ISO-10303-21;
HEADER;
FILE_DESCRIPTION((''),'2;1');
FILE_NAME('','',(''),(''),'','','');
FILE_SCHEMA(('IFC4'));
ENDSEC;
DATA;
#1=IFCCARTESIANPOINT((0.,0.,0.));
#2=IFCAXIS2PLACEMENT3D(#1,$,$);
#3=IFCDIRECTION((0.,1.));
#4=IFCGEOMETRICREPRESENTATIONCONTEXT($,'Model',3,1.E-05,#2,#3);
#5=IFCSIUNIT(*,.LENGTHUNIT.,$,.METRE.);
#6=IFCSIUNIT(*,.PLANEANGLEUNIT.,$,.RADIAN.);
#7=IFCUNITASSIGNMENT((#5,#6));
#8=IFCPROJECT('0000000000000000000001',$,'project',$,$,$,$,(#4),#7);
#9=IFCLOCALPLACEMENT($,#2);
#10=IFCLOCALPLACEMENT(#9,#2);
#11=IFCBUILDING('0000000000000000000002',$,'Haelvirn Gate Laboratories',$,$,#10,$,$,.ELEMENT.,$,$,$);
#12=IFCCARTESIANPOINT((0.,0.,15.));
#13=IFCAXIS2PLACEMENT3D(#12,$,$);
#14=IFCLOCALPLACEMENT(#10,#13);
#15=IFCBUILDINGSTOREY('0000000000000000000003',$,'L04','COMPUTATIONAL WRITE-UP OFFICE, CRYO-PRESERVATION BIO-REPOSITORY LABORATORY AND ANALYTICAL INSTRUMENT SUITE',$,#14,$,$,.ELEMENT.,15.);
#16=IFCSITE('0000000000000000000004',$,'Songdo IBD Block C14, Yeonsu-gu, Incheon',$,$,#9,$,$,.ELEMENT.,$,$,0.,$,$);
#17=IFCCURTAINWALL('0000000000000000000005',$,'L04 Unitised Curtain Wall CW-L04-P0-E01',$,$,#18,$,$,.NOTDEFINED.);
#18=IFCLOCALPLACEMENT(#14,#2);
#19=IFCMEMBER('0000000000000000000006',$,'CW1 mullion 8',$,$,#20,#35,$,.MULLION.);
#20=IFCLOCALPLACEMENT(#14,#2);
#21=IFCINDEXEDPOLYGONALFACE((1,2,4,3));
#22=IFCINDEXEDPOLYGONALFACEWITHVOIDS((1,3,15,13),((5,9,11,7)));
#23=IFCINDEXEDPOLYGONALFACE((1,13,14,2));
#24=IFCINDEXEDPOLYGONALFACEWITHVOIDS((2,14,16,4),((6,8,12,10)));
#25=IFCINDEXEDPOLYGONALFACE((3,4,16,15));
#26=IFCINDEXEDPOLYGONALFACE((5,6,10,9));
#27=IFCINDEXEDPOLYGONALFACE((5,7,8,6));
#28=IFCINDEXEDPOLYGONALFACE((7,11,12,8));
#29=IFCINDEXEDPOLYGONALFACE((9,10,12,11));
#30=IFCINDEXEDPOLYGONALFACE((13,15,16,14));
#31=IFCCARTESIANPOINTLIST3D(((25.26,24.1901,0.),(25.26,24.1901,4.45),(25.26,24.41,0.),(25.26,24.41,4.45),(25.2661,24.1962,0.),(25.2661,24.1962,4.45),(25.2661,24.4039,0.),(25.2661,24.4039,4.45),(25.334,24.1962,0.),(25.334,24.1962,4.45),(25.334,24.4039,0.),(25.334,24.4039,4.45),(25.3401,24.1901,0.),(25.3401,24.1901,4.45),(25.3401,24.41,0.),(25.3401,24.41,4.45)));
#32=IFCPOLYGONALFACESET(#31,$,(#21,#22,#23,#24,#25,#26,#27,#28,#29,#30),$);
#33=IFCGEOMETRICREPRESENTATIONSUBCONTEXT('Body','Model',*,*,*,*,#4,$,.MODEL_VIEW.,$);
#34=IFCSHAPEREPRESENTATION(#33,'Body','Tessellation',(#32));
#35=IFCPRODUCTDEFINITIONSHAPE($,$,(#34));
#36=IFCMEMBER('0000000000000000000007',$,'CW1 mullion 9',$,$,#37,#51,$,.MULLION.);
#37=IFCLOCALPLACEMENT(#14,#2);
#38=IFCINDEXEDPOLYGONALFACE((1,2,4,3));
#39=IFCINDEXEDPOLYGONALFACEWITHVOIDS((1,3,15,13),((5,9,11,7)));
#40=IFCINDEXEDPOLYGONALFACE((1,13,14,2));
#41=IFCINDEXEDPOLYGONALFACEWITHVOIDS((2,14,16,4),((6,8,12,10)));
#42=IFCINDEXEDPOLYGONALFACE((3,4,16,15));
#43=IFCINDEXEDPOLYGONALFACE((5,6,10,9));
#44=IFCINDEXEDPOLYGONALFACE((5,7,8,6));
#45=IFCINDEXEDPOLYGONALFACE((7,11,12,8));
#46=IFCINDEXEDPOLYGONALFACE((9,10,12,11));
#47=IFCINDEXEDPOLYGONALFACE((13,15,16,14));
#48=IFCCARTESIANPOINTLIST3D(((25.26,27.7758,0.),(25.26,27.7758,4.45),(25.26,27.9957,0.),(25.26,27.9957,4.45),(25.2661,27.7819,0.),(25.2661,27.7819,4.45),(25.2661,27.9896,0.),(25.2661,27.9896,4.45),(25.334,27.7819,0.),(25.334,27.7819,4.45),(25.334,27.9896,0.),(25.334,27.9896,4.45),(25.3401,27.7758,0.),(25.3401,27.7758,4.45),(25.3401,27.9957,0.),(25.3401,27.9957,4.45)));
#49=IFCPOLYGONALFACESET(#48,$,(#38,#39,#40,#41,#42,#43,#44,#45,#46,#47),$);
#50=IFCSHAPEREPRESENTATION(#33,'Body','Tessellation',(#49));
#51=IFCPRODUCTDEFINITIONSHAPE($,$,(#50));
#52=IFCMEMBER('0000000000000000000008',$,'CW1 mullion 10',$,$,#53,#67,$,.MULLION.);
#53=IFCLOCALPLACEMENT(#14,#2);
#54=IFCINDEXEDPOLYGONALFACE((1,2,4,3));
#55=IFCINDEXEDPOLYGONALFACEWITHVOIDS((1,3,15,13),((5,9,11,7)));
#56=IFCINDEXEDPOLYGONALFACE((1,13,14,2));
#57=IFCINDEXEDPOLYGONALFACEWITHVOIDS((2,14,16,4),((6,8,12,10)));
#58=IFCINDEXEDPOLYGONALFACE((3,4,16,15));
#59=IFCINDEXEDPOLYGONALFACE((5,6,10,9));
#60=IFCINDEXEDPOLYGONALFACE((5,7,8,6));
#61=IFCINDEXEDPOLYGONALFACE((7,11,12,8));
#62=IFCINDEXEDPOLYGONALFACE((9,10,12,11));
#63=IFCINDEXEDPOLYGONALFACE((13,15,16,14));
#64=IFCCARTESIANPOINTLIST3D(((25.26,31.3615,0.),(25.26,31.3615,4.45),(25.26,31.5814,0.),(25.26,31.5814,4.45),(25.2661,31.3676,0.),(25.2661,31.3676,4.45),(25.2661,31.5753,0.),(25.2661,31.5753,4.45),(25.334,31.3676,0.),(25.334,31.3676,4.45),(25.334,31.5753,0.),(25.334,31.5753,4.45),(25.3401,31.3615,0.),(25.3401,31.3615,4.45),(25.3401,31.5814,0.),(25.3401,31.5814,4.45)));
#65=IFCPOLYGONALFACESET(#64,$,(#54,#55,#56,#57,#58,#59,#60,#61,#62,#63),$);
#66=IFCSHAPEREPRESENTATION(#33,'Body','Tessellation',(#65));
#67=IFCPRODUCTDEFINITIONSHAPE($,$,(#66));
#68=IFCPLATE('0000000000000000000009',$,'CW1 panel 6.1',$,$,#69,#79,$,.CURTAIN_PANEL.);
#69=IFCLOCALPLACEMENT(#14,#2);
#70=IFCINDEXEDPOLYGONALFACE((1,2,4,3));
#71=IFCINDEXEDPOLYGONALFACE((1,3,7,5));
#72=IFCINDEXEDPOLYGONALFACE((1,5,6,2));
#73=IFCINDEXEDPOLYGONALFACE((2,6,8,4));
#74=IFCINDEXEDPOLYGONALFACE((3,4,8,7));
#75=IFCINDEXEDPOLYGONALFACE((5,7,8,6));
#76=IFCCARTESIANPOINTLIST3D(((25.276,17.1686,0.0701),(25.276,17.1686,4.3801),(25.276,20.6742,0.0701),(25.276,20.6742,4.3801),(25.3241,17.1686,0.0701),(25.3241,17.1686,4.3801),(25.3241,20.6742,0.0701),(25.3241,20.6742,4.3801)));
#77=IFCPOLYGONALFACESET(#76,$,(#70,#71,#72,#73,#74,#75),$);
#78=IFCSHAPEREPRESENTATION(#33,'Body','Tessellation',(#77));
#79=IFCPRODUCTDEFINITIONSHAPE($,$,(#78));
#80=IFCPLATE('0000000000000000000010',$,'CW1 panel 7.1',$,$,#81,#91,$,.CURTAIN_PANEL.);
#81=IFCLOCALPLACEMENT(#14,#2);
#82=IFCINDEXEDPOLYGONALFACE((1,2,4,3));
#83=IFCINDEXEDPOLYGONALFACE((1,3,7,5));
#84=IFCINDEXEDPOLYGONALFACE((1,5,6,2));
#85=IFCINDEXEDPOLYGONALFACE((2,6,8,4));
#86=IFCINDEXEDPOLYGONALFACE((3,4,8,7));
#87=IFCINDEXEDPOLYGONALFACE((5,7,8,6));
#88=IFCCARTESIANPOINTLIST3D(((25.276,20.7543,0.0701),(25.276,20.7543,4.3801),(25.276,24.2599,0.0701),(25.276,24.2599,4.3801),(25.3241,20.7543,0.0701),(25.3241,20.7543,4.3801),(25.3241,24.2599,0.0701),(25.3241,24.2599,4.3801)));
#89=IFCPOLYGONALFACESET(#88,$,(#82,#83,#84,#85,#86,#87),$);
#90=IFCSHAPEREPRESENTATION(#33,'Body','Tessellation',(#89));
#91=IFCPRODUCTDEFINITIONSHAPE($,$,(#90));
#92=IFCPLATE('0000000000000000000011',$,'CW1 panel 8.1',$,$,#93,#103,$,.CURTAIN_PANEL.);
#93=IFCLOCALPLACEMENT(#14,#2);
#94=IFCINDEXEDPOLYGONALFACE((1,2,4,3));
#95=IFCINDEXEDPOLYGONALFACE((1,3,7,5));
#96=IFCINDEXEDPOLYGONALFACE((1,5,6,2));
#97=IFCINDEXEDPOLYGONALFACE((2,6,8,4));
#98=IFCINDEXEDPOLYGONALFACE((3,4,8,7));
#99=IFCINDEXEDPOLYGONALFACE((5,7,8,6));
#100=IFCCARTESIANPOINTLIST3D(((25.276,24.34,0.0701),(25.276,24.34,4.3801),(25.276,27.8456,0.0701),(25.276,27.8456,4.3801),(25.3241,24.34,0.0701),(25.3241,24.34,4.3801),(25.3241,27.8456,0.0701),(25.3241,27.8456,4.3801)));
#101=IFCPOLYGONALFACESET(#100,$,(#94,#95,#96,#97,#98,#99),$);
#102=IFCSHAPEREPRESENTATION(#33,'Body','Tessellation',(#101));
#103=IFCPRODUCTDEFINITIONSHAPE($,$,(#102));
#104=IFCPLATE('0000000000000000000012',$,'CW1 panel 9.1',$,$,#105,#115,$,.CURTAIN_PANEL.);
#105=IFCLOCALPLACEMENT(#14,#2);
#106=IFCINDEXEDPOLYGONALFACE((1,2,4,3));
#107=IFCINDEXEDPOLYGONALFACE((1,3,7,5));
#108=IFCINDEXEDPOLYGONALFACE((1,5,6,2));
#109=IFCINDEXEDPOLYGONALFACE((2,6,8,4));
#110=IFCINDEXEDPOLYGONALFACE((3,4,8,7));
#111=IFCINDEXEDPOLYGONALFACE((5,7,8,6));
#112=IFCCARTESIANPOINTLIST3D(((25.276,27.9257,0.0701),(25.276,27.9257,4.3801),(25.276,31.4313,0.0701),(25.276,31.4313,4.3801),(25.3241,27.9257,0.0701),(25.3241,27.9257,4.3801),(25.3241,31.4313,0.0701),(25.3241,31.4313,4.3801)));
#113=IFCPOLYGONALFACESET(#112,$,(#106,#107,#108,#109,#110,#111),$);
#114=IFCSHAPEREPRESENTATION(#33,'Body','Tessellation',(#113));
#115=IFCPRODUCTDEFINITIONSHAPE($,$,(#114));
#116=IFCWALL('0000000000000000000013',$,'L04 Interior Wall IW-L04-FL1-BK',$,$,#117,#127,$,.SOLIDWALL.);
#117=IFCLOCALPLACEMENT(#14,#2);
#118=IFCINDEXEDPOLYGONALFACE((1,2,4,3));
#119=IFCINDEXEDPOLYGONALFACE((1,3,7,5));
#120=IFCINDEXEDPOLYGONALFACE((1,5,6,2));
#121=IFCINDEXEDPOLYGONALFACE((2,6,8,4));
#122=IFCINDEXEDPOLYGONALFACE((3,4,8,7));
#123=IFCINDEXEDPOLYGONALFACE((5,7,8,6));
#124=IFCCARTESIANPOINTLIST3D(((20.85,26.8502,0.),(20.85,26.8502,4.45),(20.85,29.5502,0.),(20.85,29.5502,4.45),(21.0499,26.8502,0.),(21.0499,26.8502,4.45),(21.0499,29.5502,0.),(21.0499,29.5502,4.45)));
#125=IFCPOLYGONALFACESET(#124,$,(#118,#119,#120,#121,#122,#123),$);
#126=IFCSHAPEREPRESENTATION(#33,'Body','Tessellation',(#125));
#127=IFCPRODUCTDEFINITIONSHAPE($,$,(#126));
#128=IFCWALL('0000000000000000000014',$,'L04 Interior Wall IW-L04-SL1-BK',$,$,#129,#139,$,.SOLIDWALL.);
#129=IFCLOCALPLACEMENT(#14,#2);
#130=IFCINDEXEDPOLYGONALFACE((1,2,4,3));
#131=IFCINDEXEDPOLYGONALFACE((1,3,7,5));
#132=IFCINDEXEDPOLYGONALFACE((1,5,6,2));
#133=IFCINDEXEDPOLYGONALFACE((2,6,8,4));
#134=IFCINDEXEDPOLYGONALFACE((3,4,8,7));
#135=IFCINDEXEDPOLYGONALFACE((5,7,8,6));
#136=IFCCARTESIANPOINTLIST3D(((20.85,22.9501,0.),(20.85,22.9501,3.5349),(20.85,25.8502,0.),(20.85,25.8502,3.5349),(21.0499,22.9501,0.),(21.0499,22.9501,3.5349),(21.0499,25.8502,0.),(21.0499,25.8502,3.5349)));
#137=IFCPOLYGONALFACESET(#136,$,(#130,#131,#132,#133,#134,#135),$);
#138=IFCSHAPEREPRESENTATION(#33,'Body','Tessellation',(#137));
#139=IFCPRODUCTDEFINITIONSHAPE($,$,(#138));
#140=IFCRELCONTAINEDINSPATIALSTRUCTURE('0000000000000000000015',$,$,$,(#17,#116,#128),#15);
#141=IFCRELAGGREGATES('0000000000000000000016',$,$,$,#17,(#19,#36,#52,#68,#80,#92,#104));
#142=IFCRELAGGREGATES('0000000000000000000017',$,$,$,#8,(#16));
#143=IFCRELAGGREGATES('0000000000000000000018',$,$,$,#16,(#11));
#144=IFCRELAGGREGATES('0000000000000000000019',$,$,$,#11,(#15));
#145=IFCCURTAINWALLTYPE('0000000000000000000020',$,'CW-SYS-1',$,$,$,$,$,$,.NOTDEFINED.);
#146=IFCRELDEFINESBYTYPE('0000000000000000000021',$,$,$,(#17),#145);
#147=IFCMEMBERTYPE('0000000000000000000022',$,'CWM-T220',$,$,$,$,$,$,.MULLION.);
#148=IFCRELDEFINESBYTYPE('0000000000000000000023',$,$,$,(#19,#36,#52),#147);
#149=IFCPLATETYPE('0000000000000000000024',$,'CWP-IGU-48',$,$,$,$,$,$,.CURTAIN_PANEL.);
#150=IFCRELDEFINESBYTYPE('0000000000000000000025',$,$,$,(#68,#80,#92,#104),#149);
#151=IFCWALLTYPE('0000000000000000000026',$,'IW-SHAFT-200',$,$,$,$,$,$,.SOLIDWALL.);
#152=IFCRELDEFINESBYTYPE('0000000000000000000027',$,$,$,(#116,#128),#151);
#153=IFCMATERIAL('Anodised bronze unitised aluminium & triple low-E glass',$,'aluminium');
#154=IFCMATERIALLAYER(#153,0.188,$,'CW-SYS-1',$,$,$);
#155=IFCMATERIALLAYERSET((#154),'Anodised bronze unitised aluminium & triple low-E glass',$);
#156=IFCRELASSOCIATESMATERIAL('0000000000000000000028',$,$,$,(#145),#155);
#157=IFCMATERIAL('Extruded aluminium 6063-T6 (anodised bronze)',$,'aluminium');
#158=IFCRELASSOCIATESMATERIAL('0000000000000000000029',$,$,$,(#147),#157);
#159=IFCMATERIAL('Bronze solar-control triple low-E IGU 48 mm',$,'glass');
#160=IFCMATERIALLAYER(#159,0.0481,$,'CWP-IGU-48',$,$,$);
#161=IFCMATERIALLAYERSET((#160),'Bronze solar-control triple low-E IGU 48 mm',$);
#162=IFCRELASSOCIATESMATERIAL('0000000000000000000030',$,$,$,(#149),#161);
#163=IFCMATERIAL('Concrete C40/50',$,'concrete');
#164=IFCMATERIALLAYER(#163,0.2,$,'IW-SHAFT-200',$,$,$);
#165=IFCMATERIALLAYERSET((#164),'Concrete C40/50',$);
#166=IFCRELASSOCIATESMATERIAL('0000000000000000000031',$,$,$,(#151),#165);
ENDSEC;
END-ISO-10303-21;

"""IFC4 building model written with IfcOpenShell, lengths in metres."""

from ifc_helpers import new_model, si_unit, direction, frame, frame_2d, origin, origin_2d, place, context, subcontext, project, spatial, rectangle, hollow_rectangle, extrude, source, transform, mapped, material, layer, layer_set, material_profile, profile_set, type_object, type_shapes, element, aggregate, save


model = new_model("IFC4")

# Units and contexts
model_context = context("Model", 3, precision=1e-05, world=origin(), true_north=direction((0.0, 1.0)))
body_context = subcontext(model_context, "Body", "Model", "MODEL_VIEW")
ifc_project = project(units=[si_unit("LENGTHUNIT", "METRE"), si_unit("PLANEANGLEUNIT", "RADIAN")], contexts=[model_context])

# Site, building, storey
site_placement = place(None, origin())
site = spatial("IfcSite", under=ifc_project, at=site_placement, Name="Songdo IBD Block C14, Yeonsu-gu, Incheon", CompositionType="ELEMENT", RefElevation=0.0)
building_placement = place(site_placement, origin())
building = spatial("IfcBuilding", under=site, at=building_placement, Name="Haelvirn Gate Laboratories", CompositionType="ELEMENT")
storey_placement = place(building_placement, frame((0.0, 0.0, 15.0)))
storey = spatial("IfcBuildingStorey", under=building, at=storey_placement, Name="L04", Description="COMPUTATIONAL WRITE-UP OFFICE, CRYO-PRESERVATION BIO-REPOSITORY LABORATORY AND ANALYTICAL INSTRUMENT SUITE", CompositionType="ELEMENT", Elevation=15.0)

# Curtain wall, members, plates
ifc_material_1 = material(Name="Anodised bronze unitised aluminium & triple low-E glass", Category="aluminium")
ifc_layer_1 = layer(ifc_material_1, 0.188, Name="CW-SYS-1")
ifc_layer_set_1 = layer_set([ifc_layer_1], Name="Anodised bronze unitised aluminium & triple low-E glass")
curtain_wall_type = type_object("IfcCurtainWallType", Name="CW-SYS-1", PredefinedType="NOTDEFINED", material=ifc_layer_set_1)
curtain_wall_placement = place(storey_placement, origin())
curtain_wall = element("IfcCurtainWall", 1, at=curtain_wall_placement, inside=storey, type_object=curtain_wall_type, Name="L04 Unitised Curtain Wall CW-L04-P0-E01", PredefinedType="NOTDEFINED")
ifc_material_2 = material(Name="Extruded aluminium 6063-T6 (anodised bronze)", Category="aluminium")
ifc_material_profile_1 = material_profile(ifc_material_2, hollow_rectangle(XDim=0.0801, YDim=0.22, WallThickness=0.0061, at=origin_2d()), Name="CWM-220x80x6")
ifc_profile_set_1 = profile_set([ifc_material_profile_1], Name="Extruded aluminium 6063-T6 (anodised bronze)")
member_type_1 = type_object("IfcMemberType", Name="CWM-T220", PredefinedType="MULLION", material=ifc_profile_set_1)
shared_shape_1 = source(origin(), body_context, "Body", "SweptSolid", [
    extrude(hollow_rectangle(XDim=0.0801, YDim=0.22, WallThickness=0.0061, at=origin_2d()), origin(), (0.0, 0.0, 1.0), 4.45),
])
type_shapes(member_type_1, [shared_shape_1])
member_1_placement = place(storey_placement, frame((25.3, 24.3, 0.0), z_axis=(0.0, 0.0, 1.0), x_axis=(-1.0, 0.0, 0.0)))
member_1 = element("IfcMember", 2, at=member_1_placement, type_object=member_type_1, Name="CW1 mullion 8", PredefinedType="MULLION", context=body_context, shape_type="MappedRepresentation", body=[
    mapped(shared_shape_1, transform((0.0, 0.0, 0.0), scale=1.0)),
])
member_2_placement = place(storey_placement, frame((25.3, 27.8857, 0.0), z_axis=(0.0, 0.0, 1.0), x_axis=(-1.0, 0.0, 0.0)))
member_2 = element("IfcMember", 3, at=member_2_placement, type_object=member_type_1, Name="CW1 mullion 9", PredefinedType="MULLION", context=body_context, shape_type="MappedRepresentation", body=[
    mapped(shared_shape_1, transform((0.0, 0.0, 0.0), scale=1.0)),
])
member_3_placement = place(storey_placement, frame((25.3, 31.4714, 0.0), z_axis=(0.0, 0.0, 1.0), x_axis=(-1.0, 0.0, 0.0)))
member_3 = element("IfcMember", 4, at=member_3_placement, type_object=member_type_1, Name="CW1 mullion 10", PredefinedType="MULLION", context=body_context, shape_type="MappedRepresentation", body=[
    mapped(shared_shape_1, transform((0.0, 0.0, 0.0), scale=1.0)),
])
ifc_material_3 = material(Name="Bronze solar-control triple low-E IGU 48 mm", Category="glass")
ifc_layer_2 = layer(ifc_material_3, 0.0481, Name="CWP-IGU-48")
ifc_layer_set_2 = layer_set([ifc_layer_2], Name="Bronze solar-control triple low-E IGU 48 mm")
plate_type = type_object("IfcPlateType", Name="CWP-IGU-48", PredefinedType="CURTAIN_PANEL", material=ifc_layer_set_2)
shared_shape_2 = source(origin(), body_context, "Body", "SweptSolid", [
    extrude(rectangle(XDim=3.5056, YDim=0.0481, at=origin_2d()), origin(), (0.0, 0.0, 1.0), 4.3101),
])
type_shapes(plate_type, [shared_shape_2])
plate_1_placement = place(storey_placement, frame((25.3, 18.9214, 0.0701), z_axis=(0.0, 0.0, 1.0), x_axis=(0.0, 1.0, 0.0)))
plate_1 = element("IfcPlate", 5, at=plate_1_placement, type_object=plate_type, Name="CW1 panel 6.1", PredefinedType="CURTAIN_PANEL", context=body_context, shape_type="MappedRepresentation", body=[
    mapped(shared_shape_2, transform((0.0, 0.0, 0.0), scale=1.0)),
])
plate_2_placement = place(storey_placement, frame((25.3, 22.5071, 0.0701), z_axis=(0.0, 0.0, 1.0), x_axis=(0.0, 1.0, 0.0)))
plate_2 = element("IfcPlate", 6, at=plate_2_placement, type_object=plate_type, Name="CW1 panel 7.1", PredefinedType="CURTAIN_PANEL", context=body_context, shape_type="MappedRepresentation", body=[
    mapped(shared_shape_2, transform((0.0, 0.0, 0.0), scale=1.0)),
])
plate_3_placement = place(storey_placement, frame((25.3, 26.0928, 0.0701), z_axis=(0.0, 0.0, 1.0), x_axis=(0.0, 1.0, 0.0)))
plate_3 = element("IfcPlate", 7, at=plate_3_placement, type_object=plate_type, Name="CW1 panel 8.1", PredefinedType="CURTAIN_PANEL", context=body_context, shape_type="MappedRepresentation", body=[
    mapped(shared_shape_2, transform((0.0, 0.0, 0.0), scale=1.0)),
])
plate_4_placement = place(storey_placement, frame((25.3, 29.6785, 0.0701), z_axis=(0.0, 0.0, 1.0), x_axis=(0.0, 1.0, 0.0)))
plate_4 = element("IfcPlate", 8, at=plate_4_placement, type_object=plate_type, Name="CW1 panel 9.1", PredefinedType="CURTAIN_PANEL", context=body_context, shape_type="MappedRepresentation", body=[
    mapped(shared_shape_2, transform((0.0, 0.0, 0.0), scale=1.0)),
])
aggregate(curtain_wall, [member_1, member_2, member_3, plate_1, plate_2, plate_3, plate_4])

# Walls
ifc_material_4 = material(Name="Concrete C40/50", Category="concrete")
ifc_layer_3 = layer(ifc_material_4, 0.2, Name="IW-SHAFT-200")
ifc_layer_set_3 = layer_set([ifc_layer_3], Name="Concrete C40/50")
wall_type = type_object("IfcWallType", Name="IW-SHAFT-200", PredefinedType="SOLIDWALL", material=ifc_layer_set_3)
wall_1_placement = place(storey_placement, frame((20.95, 26.8501, 0.0), z_axis=(0.0, 0.0, 1.0), x_axis=(0.0, 1.0, 0.0)))
element("IfcWall", 9, at=wall_1_placement, inside=storey, type_object=wall_type, Name="L04 Interior Wall IW-L04-FL1-BK", PredefinedType="SOLIDWALL", context=body_context, shape_type="SweptSolid", body=[
    extrude(rectangle(XDim=2.7, YDim=0.2, at=frame_2d((1.3501, 0.0))), origin(), (0.0, 0.0, 1.0), 4.45),
])
wall_2_placement = place(storey_placement, frame((20.95, 22.95, 0.0), z_axis=(0.0, 0.0, 1.0), x_axis=(0.0, 1.0, 0.0)))
element("IfcWall", 10, at=wall_2_placement, inside=storey, type_object=wall_type, Name="L04 Interior Wall IW-L04-SL1-BK", PredefinedType="SOLIDWALL", context=body_context, shape_type="SweptSolid", body=[
    extrude(rectangle(XDim=2.9001, YDim=0.2, at=frame_2d((1.4502, 0.0))), origin(), (0.0, 0.0, 1.0), 3.5349),
])

save(model, "model.ifc")
